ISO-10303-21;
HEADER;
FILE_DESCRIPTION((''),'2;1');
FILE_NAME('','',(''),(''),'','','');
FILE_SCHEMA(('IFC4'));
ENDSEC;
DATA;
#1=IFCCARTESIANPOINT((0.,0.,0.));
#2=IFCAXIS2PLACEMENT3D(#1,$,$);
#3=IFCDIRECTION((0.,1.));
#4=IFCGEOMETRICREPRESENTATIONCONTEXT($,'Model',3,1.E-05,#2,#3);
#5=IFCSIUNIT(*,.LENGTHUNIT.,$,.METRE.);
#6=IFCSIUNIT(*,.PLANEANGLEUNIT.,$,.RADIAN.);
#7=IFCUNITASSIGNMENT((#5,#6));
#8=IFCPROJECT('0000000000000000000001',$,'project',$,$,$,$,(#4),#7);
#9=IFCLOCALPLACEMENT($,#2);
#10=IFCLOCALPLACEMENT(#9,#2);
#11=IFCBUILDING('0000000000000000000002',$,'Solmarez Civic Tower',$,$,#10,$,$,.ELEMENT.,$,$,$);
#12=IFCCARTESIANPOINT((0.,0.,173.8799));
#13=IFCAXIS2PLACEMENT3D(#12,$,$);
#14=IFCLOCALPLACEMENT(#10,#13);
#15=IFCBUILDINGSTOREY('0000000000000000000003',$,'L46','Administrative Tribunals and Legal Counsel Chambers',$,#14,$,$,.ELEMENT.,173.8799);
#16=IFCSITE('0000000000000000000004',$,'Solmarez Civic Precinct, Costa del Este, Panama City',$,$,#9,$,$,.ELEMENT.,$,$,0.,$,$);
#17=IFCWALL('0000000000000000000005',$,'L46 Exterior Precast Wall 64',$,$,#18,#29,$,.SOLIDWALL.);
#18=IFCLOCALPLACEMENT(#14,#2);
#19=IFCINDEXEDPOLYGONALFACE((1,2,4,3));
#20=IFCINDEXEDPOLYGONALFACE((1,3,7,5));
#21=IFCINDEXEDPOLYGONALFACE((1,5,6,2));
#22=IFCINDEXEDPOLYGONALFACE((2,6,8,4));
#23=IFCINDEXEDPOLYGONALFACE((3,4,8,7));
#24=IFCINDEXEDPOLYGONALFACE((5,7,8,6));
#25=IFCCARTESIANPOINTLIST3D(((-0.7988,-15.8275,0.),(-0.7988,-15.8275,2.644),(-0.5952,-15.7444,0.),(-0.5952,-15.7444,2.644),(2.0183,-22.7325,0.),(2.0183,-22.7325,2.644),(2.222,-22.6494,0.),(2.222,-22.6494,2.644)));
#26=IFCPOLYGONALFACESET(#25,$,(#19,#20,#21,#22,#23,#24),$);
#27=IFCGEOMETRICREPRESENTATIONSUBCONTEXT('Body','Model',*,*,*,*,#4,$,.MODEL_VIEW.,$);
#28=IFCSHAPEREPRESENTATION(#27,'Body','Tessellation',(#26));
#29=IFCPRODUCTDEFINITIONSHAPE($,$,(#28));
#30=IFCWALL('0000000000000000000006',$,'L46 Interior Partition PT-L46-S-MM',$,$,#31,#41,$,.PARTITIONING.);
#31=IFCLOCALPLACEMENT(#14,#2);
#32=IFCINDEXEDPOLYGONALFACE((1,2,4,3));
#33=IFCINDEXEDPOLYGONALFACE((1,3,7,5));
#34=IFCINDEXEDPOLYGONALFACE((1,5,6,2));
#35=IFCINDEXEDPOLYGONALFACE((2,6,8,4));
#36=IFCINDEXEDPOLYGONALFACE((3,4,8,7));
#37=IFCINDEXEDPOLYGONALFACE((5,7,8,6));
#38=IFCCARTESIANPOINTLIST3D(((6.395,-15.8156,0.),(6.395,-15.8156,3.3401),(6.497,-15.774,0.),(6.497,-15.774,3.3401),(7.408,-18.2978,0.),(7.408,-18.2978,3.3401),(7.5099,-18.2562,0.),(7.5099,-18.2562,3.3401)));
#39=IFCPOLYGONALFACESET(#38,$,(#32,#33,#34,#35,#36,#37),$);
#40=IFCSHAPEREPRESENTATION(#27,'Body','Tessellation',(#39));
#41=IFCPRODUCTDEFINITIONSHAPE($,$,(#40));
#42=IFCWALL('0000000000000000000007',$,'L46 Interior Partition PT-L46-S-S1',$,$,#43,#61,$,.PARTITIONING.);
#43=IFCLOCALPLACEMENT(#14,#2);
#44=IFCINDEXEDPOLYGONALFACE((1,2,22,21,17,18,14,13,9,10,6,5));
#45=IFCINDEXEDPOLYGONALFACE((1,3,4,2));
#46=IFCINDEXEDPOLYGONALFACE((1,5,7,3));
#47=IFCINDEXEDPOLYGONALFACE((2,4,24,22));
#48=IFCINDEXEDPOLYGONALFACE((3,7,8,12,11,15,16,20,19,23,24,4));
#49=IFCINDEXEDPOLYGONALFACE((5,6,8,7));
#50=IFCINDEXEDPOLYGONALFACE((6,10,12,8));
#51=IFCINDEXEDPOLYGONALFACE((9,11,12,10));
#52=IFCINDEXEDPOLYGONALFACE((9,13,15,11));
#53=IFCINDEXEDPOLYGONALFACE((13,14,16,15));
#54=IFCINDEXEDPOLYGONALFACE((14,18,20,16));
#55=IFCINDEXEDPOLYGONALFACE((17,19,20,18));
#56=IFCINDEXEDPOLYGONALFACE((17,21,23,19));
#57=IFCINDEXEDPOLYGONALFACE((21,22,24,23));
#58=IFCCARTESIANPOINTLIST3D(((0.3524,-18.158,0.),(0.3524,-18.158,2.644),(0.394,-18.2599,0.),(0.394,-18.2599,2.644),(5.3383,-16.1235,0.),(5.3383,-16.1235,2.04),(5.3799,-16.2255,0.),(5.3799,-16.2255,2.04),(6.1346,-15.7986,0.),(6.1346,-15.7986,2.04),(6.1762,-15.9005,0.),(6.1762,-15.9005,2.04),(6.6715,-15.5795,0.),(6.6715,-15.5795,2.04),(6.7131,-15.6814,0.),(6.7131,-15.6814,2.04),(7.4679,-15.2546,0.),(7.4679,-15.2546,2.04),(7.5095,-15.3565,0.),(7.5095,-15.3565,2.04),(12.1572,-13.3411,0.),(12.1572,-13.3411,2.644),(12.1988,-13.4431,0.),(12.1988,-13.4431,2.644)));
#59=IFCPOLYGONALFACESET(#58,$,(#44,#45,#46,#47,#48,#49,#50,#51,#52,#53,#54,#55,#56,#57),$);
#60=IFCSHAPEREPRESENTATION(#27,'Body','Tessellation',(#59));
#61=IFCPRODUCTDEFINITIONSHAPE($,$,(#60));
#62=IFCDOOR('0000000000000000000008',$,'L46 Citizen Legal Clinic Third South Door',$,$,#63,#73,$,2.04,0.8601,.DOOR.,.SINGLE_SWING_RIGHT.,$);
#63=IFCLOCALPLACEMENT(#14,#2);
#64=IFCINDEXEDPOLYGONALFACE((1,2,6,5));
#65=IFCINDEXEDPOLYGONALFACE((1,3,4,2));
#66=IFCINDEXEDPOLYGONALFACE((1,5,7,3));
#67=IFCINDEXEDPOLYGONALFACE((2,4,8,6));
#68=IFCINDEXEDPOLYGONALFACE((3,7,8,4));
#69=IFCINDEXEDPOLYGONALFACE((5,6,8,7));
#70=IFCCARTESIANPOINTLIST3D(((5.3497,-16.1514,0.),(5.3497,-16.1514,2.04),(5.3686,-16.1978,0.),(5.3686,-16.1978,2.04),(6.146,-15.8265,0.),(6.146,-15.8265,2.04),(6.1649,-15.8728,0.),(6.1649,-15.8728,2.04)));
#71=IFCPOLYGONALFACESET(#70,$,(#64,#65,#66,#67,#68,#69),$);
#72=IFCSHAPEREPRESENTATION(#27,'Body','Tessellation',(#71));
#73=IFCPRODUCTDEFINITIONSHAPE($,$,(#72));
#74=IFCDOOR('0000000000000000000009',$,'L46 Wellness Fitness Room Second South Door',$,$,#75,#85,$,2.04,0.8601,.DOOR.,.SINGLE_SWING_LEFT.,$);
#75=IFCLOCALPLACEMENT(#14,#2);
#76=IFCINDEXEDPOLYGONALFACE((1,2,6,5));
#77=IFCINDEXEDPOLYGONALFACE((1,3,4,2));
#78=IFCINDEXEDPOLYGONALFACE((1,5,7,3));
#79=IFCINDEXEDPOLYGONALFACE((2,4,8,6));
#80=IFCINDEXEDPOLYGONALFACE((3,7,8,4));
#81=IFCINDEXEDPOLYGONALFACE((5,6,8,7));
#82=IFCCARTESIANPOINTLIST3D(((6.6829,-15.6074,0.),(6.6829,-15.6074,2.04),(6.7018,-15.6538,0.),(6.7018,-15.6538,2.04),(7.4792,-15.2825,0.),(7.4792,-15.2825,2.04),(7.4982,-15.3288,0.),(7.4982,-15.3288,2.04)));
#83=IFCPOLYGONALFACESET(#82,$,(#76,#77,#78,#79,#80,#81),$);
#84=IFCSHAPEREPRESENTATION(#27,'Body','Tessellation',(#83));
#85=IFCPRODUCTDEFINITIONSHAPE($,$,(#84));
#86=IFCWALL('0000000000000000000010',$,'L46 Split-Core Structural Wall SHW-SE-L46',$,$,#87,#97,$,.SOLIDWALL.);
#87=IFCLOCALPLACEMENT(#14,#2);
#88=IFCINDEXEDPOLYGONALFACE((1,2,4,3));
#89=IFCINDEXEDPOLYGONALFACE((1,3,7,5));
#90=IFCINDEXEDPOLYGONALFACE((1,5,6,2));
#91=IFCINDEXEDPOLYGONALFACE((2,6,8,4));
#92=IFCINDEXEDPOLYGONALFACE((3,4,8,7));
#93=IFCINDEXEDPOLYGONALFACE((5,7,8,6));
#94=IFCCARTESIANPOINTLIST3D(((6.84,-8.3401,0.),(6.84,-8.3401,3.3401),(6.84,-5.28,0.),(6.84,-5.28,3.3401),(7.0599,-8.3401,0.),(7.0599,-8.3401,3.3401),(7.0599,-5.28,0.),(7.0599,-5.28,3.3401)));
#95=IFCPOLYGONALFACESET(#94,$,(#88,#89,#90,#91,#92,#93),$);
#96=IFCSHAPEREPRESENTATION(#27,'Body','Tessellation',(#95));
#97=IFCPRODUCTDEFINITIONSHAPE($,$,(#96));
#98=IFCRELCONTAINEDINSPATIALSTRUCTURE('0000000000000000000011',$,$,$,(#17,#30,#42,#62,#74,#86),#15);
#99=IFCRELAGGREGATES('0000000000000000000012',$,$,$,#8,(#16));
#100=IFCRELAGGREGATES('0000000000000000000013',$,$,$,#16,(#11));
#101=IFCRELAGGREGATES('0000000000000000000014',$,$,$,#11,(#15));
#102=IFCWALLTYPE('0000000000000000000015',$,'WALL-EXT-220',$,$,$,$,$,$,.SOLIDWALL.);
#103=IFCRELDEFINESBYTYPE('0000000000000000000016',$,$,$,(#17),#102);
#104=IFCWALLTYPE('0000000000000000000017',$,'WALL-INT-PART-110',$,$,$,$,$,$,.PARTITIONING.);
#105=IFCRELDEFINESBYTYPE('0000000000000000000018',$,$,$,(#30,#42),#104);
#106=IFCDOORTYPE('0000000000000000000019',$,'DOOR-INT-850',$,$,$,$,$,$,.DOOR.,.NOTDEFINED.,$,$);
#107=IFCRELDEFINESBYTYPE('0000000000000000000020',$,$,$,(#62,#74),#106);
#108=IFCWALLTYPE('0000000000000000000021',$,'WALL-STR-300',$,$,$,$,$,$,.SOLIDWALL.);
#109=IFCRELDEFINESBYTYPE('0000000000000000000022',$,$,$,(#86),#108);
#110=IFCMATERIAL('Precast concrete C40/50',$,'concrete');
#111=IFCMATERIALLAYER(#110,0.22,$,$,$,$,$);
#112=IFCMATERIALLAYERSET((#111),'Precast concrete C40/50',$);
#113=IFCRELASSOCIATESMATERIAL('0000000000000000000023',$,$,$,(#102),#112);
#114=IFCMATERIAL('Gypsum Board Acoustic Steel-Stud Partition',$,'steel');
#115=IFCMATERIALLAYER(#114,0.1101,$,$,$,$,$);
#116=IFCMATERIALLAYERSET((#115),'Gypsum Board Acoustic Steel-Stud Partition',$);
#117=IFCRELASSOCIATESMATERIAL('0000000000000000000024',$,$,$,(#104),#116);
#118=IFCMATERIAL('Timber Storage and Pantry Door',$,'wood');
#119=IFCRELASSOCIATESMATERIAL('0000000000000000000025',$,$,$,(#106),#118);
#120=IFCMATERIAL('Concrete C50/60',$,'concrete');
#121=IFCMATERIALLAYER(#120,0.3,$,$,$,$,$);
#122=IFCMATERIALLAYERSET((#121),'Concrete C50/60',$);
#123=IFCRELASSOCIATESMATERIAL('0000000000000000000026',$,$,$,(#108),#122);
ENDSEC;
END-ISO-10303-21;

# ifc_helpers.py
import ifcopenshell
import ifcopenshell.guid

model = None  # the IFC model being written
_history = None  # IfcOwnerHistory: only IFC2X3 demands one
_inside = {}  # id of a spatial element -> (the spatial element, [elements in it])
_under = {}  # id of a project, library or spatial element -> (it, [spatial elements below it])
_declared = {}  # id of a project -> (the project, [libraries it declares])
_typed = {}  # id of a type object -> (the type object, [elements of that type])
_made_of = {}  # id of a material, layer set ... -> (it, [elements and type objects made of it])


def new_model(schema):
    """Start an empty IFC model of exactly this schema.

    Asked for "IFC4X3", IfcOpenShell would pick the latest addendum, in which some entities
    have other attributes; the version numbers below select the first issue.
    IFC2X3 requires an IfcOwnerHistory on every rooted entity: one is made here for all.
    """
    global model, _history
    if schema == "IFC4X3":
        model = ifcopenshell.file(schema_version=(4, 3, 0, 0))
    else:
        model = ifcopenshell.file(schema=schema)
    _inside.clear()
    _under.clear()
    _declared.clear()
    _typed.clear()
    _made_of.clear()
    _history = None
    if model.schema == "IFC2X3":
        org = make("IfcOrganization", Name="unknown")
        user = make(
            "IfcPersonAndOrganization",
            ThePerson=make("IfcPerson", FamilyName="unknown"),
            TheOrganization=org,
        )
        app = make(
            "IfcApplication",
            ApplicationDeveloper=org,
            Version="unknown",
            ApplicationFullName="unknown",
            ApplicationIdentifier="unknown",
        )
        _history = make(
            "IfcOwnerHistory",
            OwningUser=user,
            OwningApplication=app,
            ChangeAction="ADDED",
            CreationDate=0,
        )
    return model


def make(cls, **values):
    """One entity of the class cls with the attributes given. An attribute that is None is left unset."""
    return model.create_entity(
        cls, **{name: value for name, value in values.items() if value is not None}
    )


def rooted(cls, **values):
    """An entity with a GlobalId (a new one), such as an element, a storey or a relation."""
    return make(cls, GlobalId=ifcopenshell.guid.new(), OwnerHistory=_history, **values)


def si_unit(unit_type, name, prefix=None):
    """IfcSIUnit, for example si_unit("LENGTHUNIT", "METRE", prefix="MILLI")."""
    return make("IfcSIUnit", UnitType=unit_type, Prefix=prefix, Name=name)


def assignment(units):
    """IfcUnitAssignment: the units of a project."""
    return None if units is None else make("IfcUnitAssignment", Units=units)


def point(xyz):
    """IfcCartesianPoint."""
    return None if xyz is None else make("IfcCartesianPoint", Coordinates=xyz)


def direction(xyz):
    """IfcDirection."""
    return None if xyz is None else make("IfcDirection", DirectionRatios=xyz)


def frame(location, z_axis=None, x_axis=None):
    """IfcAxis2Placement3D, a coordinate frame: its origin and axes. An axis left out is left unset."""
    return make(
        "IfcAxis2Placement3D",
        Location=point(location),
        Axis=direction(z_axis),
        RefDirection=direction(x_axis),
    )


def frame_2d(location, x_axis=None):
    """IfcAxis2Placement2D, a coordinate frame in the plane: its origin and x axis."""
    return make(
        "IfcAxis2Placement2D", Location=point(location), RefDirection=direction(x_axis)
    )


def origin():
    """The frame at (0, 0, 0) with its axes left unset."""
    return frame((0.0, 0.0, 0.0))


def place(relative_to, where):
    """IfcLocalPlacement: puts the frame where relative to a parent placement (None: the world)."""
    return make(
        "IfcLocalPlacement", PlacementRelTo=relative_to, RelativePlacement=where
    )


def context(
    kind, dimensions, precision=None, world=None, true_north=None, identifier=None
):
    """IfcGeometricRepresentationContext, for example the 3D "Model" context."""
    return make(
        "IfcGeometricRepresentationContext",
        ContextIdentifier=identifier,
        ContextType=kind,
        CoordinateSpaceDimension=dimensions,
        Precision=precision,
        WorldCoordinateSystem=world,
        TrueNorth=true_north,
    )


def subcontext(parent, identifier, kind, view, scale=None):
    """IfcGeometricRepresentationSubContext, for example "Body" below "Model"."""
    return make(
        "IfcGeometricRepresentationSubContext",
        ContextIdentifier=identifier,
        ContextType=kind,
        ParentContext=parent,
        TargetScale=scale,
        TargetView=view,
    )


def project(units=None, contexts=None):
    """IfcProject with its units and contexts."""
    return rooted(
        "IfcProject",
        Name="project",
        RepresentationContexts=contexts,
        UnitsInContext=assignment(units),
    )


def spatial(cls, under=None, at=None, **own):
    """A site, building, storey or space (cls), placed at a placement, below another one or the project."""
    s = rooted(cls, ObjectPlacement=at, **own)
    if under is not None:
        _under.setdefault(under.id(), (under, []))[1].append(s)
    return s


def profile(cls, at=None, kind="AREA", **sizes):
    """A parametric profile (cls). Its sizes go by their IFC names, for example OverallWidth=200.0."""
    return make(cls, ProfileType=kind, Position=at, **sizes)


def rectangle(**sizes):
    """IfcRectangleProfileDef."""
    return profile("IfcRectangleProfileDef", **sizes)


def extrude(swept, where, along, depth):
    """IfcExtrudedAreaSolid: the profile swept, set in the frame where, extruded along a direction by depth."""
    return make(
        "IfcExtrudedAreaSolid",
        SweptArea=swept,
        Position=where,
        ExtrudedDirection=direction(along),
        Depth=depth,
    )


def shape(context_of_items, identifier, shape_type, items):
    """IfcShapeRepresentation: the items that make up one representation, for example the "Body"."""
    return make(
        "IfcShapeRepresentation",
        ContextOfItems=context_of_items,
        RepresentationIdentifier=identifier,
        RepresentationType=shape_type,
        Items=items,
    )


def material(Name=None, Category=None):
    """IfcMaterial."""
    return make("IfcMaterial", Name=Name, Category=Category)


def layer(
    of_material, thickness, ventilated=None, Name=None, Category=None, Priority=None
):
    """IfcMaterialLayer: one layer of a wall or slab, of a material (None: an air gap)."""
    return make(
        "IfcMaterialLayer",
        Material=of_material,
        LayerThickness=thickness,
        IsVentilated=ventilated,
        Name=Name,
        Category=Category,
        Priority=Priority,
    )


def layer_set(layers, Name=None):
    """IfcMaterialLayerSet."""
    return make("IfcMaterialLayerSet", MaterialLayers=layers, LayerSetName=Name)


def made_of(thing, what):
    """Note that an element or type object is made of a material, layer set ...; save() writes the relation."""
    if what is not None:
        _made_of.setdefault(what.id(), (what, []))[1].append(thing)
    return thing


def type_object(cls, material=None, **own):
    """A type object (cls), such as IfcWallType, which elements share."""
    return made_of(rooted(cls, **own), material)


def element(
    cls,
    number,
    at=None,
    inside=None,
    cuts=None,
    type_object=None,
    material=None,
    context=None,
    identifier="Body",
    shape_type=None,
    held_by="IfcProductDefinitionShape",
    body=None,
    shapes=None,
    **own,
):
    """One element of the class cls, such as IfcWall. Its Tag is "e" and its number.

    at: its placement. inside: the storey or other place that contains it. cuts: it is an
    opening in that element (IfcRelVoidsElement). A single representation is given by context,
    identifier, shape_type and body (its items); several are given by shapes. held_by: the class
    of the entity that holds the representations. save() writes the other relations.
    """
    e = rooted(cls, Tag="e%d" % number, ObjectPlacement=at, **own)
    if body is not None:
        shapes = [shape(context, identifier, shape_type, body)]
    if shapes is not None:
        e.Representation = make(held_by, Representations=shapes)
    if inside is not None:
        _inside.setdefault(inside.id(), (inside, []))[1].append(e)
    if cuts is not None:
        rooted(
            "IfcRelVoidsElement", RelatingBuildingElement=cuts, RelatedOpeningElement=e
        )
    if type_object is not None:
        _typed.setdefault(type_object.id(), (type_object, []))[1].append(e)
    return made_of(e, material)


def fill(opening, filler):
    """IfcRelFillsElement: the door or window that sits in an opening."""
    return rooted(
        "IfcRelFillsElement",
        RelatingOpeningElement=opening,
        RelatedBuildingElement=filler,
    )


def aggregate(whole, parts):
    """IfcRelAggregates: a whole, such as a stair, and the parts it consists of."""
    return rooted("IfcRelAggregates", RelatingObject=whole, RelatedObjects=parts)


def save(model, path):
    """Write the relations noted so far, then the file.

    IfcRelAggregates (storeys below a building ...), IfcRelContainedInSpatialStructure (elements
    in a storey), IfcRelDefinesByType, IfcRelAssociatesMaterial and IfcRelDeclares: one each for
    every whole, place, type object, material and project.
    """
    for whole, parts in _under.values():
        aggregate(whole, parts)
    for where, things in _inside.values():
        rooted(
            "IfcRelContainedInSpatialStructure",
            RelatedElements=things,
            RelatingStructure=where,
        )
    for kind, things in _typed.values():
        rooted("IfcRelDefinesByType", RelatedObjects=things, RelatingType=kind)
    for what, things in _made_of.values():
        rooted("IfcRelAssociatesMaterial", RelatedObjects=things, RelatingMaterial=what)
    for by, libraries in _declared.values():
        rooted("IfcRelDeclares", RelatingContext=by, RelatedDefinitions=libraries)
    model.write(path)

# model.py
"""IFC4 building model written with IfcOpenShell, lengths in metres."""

from ifc_helpers import new_model, si_unit, direction, frame, frame_2d, origin, place, context, subcontext, project, spatial, rectangle, extrude, material, layer, layer_set, type_object, element, fill, save


model = new_model("IFC4")

# Units and contexts
model_context = context("Model", 3, precision=1e-05, world=origin(), true_north=direction((0.0, 1.0)))
body_context = subcontext(model_context, "Body", "Model", "MODEL_VIEW")
ifc_project = project(units=[si_unit("LENGTHUNIT", "METRE"), si_unit("PLANEANGLEUNIT", "RADIAN")], contexts=[model_context])

# Site, building, storey
site_placement = place(None, origin())
site = spatial("IfcSite", under=ifc_project, at=site_placement, Name="Solmarez Civic Precinct, Costa del Este, Panama City", CompositionType="ELEMENT", RefElevation=0.0)
building_placement = place(site_placement, origin())
building = spatial("IfcBuilding", under=site, at=building_placement, Name="Solmarez Civic Tower", CompositionType="ELEMENT")
storey_placement = place(building_placement, frame((0.0, 0.0, 173.8799)))
storey = spatial("IfcBuildingStorey", under=building, at=storey_placement, Name="L46", Description="Administrative Tribunals and Legal Counsel Chambers", CompositionType="ELEMENT", Elevation=173.8799)

# Walls
ifc_material_1 = material(Name="Concrete C50/60", Category="concrete")
ifc_material_2 = material(Name="Precast concrete C40/50", Category="concrete")
ifc_layer_1 = layer(ifc_material_2, 0.22)
ifc_layer_set_1 = layer_set([ifc_layer_1], Name="Precast concrete C40/50")
wall_type_1 = type_object("IfcWallType", Name="WALL-EXT-220", PredefinedType="SOLIDWALL", material=ifc_layer_set_1)
wall_1_placement = place(storey_placement, frame((2.1201, -22.6909, 0.0), z_axis=(0.0, 0.0, 1.0), x_axis=(-0.377754, 0.925906, 0.0)))
element("IfcWall", 1, at=wall_1_placement, inside=storey, type_object=wall_type_1, Name="L46 Exterior Precast Wall 64", PredefinedType="SOLIDWALL", context=body_context, shape_type="SweptSolid", body=[
    extrude(rectangle(XDim=7.4575, YDim=0.22, at=frame_2d((3.7288, 0.0))), origin(), (0.0, 0.0, 1.0), 2.644),
])
ifc_material_3 = material(Name="Gypsum Board Acoustic Steel-Stud Partition", Category="steel")
ifc_layer_2 = layer(ifc_material_3, 0.1101)
ifc_layer_set_2 = layer_set([ifc_layer_2], Name="Gypsum Board Acoustic Steel-Stud Partition")
wall_type_2 = type_object("IfcWallType", Name="WALL-INT-PART-110", PredefinedType="PARTITIONING", material=ifc_layer_set_2)
wall_2_placement = place(storey_placement, frame((6.446, -15.7949, 0.0), z_axis=(0.0, 0.0, 1.0), x_axis=(0.377835, -0.925873, 0.0)))
element("IfcWall", 2, at=wall_2_placement, inside=storey, type_object=wall_type_2, Name="L46 Interior Partition PT-L46-S-MM", PredefinedType="PARTITIONING", context=body_context, shape_type="SweptSolid", body=[
    extrude(rectangle(XDim=2.6809, YDim=0.1101, at=frame_2d((1.3403, 0.0))), origin(), (0.0, 0.0, 1.0), 3.3401),
])

# Wall, openings, doors
wall_3_placement = place(storey_placement, frame((0.373, -18.209, 0.0), z_axis=(0.0, 0.0, 1.0), x_axis=(0.925887, 0.3778, 0.0)))
wall_3 = element("IfcWall", 3, at=wall_3_placement, inside=storey, type_object=wall_type_2, Name="L46 Interior Partition PT-L46-S-S1", PredefinedType="PARTITIONING", context=body_context, shape_type="SweptSolid", body=[
    extrude(rectangle(XDim=12.7498, YDim=0.1101, at=frame_2d((6.375, 0.0))), origin(), (0.0, 0.0, 1.0), 2.644),
])
opening_1_placement = place(wall_3_placement, frame((5.385, 0.0, 0.0)))
opening_1 = element("IfcOpeningElement", 4, at=opening_1_placement, cuts=wall_3, PredefinedType="OPENING", context=body_context, shape_type="SweptSolid", body=[
    extrude(rectangle(XDim=0.8601, YDim=2.04, at=frame_2d((0.4302, 1.02))), frame((0.0, 0.0649, 0.0), z_axis=(0.0, -1.0, 0.0), x_axis=(1.0, 0.0, 0.0)), (0.0, 0.0, 1.0), 0.1301),
])
opening_2_placement = place(wall_3_placement, frame((6.825, 0.0, 0.0)))
opening_2 = element("IfcOpeningElement", 5, at=opening_2_placement, cuts=wall_3, PredefinedType="OPENING", context=body_context, shape_type="SweptSolid", body=[
    extrude(rectangle(XDim=0.8601, YDim=2.04, at=frame_2d((0.4302, 1.02))), frame((0.0, 0.0649, 0.0), z_axis=(0.0, -1.0, 0.0), x_axis=(1.0, 0.0, 0.0)), (0.0, 0.0, 1.0), 0.1301),
])
ifc_material_4 = material(Name="Timber Storage and Pantry Door", Category="wood")
door_type = type_object("IfcDoorType", Name="DOOR-INT-850", OperationType="NOTDEFINED", PredefinedType="DOOR", material=ifc_material_4)
door_1_placement = place(opening_1_placement, origin())
door_1 = element("IfcDoor", 6, at=door_1_placement, inside=storey, type_object=door_type, Name="L46 Citizen Legal Clinic Third South Door", OperationType="SINGLE_SWING_RIGHT", OverallHeight=2.04, OverallWidth=0.8601, PredefinedType="DOOR", context=body_context, shape_type="SweptSolid", body=[
    extrude(rectangle(XDim=0.8601, YDim=2.04, at=frame_2d((0.4302, 1.02))), frame((0.0, 0.0249, 0.0), z_axis=(0.0, -1.0, 0.0), x_axis=(1.0, 0.0, 0.0)), (0.0, 0.0, 1.0), 0.05),
])
fill(opening_1, door_1)
door_2_placement = place(opening_2_placement, origin())
door_2 = element("IfcDoor", 7, at=door_2_placement, inside=storey, type_object=door_type, Name="L46 Wellness Fitness Room Second South Door", OperationType="SINGLE_SWING_LEFT", OverallHeight=2.04, OverallWidth=0.8601, PredefinedType="DOOR", context=body_context, shape_type="SweptSolid", body=[
    extrude(rectangle(XDim=0.8601, YDim=2.04, at=frame_2d((0.4302, 1.02))), frame((0.0, 0.0249, 0.0), z_axis=(0.0, -1.0, 0.0), x_axis=(1.0, 0.0, 0.0)), (0.0, 0.0, 1.0), 0.05),
])
fill(opening_2, door_2)

# Wall
ifc_layer_3 = layer(ifc_material_1, 0.3)
ifc_layer_set_3 = layer_set([ifc_layer_3], Name="Concrete C50/60")
wall_type_3 = type_object("IfcWallType", Name="WALL-STR-300", PredefinedType="SOLIDWALL", material=ifc_layer_set_3)
wall_4_placement = place(storey_placement, frame((6.95, -8.3401, 0.0), z_axis=(0.0, 0.0, 1.0), x_axis=(0.0, 1.0, 0.0)))
element("IfcWall", 8, at=wall_4_placement, inside=storey, type_object=wall_type_3, Name="L46 Split-Core Structural Wall SHW-SE-L46", PredefinedType="SOLIDWALL", context=body_context, shape_type="SweptSolid", body=[
    extrude(rectangle(XDim=3.0601, YDim=0.22, at=frame_2d((1.53, 0.0))), origin(), (0.0, 0.0, 1.0), 3.3401),
])

save(model, "model.ifc")
